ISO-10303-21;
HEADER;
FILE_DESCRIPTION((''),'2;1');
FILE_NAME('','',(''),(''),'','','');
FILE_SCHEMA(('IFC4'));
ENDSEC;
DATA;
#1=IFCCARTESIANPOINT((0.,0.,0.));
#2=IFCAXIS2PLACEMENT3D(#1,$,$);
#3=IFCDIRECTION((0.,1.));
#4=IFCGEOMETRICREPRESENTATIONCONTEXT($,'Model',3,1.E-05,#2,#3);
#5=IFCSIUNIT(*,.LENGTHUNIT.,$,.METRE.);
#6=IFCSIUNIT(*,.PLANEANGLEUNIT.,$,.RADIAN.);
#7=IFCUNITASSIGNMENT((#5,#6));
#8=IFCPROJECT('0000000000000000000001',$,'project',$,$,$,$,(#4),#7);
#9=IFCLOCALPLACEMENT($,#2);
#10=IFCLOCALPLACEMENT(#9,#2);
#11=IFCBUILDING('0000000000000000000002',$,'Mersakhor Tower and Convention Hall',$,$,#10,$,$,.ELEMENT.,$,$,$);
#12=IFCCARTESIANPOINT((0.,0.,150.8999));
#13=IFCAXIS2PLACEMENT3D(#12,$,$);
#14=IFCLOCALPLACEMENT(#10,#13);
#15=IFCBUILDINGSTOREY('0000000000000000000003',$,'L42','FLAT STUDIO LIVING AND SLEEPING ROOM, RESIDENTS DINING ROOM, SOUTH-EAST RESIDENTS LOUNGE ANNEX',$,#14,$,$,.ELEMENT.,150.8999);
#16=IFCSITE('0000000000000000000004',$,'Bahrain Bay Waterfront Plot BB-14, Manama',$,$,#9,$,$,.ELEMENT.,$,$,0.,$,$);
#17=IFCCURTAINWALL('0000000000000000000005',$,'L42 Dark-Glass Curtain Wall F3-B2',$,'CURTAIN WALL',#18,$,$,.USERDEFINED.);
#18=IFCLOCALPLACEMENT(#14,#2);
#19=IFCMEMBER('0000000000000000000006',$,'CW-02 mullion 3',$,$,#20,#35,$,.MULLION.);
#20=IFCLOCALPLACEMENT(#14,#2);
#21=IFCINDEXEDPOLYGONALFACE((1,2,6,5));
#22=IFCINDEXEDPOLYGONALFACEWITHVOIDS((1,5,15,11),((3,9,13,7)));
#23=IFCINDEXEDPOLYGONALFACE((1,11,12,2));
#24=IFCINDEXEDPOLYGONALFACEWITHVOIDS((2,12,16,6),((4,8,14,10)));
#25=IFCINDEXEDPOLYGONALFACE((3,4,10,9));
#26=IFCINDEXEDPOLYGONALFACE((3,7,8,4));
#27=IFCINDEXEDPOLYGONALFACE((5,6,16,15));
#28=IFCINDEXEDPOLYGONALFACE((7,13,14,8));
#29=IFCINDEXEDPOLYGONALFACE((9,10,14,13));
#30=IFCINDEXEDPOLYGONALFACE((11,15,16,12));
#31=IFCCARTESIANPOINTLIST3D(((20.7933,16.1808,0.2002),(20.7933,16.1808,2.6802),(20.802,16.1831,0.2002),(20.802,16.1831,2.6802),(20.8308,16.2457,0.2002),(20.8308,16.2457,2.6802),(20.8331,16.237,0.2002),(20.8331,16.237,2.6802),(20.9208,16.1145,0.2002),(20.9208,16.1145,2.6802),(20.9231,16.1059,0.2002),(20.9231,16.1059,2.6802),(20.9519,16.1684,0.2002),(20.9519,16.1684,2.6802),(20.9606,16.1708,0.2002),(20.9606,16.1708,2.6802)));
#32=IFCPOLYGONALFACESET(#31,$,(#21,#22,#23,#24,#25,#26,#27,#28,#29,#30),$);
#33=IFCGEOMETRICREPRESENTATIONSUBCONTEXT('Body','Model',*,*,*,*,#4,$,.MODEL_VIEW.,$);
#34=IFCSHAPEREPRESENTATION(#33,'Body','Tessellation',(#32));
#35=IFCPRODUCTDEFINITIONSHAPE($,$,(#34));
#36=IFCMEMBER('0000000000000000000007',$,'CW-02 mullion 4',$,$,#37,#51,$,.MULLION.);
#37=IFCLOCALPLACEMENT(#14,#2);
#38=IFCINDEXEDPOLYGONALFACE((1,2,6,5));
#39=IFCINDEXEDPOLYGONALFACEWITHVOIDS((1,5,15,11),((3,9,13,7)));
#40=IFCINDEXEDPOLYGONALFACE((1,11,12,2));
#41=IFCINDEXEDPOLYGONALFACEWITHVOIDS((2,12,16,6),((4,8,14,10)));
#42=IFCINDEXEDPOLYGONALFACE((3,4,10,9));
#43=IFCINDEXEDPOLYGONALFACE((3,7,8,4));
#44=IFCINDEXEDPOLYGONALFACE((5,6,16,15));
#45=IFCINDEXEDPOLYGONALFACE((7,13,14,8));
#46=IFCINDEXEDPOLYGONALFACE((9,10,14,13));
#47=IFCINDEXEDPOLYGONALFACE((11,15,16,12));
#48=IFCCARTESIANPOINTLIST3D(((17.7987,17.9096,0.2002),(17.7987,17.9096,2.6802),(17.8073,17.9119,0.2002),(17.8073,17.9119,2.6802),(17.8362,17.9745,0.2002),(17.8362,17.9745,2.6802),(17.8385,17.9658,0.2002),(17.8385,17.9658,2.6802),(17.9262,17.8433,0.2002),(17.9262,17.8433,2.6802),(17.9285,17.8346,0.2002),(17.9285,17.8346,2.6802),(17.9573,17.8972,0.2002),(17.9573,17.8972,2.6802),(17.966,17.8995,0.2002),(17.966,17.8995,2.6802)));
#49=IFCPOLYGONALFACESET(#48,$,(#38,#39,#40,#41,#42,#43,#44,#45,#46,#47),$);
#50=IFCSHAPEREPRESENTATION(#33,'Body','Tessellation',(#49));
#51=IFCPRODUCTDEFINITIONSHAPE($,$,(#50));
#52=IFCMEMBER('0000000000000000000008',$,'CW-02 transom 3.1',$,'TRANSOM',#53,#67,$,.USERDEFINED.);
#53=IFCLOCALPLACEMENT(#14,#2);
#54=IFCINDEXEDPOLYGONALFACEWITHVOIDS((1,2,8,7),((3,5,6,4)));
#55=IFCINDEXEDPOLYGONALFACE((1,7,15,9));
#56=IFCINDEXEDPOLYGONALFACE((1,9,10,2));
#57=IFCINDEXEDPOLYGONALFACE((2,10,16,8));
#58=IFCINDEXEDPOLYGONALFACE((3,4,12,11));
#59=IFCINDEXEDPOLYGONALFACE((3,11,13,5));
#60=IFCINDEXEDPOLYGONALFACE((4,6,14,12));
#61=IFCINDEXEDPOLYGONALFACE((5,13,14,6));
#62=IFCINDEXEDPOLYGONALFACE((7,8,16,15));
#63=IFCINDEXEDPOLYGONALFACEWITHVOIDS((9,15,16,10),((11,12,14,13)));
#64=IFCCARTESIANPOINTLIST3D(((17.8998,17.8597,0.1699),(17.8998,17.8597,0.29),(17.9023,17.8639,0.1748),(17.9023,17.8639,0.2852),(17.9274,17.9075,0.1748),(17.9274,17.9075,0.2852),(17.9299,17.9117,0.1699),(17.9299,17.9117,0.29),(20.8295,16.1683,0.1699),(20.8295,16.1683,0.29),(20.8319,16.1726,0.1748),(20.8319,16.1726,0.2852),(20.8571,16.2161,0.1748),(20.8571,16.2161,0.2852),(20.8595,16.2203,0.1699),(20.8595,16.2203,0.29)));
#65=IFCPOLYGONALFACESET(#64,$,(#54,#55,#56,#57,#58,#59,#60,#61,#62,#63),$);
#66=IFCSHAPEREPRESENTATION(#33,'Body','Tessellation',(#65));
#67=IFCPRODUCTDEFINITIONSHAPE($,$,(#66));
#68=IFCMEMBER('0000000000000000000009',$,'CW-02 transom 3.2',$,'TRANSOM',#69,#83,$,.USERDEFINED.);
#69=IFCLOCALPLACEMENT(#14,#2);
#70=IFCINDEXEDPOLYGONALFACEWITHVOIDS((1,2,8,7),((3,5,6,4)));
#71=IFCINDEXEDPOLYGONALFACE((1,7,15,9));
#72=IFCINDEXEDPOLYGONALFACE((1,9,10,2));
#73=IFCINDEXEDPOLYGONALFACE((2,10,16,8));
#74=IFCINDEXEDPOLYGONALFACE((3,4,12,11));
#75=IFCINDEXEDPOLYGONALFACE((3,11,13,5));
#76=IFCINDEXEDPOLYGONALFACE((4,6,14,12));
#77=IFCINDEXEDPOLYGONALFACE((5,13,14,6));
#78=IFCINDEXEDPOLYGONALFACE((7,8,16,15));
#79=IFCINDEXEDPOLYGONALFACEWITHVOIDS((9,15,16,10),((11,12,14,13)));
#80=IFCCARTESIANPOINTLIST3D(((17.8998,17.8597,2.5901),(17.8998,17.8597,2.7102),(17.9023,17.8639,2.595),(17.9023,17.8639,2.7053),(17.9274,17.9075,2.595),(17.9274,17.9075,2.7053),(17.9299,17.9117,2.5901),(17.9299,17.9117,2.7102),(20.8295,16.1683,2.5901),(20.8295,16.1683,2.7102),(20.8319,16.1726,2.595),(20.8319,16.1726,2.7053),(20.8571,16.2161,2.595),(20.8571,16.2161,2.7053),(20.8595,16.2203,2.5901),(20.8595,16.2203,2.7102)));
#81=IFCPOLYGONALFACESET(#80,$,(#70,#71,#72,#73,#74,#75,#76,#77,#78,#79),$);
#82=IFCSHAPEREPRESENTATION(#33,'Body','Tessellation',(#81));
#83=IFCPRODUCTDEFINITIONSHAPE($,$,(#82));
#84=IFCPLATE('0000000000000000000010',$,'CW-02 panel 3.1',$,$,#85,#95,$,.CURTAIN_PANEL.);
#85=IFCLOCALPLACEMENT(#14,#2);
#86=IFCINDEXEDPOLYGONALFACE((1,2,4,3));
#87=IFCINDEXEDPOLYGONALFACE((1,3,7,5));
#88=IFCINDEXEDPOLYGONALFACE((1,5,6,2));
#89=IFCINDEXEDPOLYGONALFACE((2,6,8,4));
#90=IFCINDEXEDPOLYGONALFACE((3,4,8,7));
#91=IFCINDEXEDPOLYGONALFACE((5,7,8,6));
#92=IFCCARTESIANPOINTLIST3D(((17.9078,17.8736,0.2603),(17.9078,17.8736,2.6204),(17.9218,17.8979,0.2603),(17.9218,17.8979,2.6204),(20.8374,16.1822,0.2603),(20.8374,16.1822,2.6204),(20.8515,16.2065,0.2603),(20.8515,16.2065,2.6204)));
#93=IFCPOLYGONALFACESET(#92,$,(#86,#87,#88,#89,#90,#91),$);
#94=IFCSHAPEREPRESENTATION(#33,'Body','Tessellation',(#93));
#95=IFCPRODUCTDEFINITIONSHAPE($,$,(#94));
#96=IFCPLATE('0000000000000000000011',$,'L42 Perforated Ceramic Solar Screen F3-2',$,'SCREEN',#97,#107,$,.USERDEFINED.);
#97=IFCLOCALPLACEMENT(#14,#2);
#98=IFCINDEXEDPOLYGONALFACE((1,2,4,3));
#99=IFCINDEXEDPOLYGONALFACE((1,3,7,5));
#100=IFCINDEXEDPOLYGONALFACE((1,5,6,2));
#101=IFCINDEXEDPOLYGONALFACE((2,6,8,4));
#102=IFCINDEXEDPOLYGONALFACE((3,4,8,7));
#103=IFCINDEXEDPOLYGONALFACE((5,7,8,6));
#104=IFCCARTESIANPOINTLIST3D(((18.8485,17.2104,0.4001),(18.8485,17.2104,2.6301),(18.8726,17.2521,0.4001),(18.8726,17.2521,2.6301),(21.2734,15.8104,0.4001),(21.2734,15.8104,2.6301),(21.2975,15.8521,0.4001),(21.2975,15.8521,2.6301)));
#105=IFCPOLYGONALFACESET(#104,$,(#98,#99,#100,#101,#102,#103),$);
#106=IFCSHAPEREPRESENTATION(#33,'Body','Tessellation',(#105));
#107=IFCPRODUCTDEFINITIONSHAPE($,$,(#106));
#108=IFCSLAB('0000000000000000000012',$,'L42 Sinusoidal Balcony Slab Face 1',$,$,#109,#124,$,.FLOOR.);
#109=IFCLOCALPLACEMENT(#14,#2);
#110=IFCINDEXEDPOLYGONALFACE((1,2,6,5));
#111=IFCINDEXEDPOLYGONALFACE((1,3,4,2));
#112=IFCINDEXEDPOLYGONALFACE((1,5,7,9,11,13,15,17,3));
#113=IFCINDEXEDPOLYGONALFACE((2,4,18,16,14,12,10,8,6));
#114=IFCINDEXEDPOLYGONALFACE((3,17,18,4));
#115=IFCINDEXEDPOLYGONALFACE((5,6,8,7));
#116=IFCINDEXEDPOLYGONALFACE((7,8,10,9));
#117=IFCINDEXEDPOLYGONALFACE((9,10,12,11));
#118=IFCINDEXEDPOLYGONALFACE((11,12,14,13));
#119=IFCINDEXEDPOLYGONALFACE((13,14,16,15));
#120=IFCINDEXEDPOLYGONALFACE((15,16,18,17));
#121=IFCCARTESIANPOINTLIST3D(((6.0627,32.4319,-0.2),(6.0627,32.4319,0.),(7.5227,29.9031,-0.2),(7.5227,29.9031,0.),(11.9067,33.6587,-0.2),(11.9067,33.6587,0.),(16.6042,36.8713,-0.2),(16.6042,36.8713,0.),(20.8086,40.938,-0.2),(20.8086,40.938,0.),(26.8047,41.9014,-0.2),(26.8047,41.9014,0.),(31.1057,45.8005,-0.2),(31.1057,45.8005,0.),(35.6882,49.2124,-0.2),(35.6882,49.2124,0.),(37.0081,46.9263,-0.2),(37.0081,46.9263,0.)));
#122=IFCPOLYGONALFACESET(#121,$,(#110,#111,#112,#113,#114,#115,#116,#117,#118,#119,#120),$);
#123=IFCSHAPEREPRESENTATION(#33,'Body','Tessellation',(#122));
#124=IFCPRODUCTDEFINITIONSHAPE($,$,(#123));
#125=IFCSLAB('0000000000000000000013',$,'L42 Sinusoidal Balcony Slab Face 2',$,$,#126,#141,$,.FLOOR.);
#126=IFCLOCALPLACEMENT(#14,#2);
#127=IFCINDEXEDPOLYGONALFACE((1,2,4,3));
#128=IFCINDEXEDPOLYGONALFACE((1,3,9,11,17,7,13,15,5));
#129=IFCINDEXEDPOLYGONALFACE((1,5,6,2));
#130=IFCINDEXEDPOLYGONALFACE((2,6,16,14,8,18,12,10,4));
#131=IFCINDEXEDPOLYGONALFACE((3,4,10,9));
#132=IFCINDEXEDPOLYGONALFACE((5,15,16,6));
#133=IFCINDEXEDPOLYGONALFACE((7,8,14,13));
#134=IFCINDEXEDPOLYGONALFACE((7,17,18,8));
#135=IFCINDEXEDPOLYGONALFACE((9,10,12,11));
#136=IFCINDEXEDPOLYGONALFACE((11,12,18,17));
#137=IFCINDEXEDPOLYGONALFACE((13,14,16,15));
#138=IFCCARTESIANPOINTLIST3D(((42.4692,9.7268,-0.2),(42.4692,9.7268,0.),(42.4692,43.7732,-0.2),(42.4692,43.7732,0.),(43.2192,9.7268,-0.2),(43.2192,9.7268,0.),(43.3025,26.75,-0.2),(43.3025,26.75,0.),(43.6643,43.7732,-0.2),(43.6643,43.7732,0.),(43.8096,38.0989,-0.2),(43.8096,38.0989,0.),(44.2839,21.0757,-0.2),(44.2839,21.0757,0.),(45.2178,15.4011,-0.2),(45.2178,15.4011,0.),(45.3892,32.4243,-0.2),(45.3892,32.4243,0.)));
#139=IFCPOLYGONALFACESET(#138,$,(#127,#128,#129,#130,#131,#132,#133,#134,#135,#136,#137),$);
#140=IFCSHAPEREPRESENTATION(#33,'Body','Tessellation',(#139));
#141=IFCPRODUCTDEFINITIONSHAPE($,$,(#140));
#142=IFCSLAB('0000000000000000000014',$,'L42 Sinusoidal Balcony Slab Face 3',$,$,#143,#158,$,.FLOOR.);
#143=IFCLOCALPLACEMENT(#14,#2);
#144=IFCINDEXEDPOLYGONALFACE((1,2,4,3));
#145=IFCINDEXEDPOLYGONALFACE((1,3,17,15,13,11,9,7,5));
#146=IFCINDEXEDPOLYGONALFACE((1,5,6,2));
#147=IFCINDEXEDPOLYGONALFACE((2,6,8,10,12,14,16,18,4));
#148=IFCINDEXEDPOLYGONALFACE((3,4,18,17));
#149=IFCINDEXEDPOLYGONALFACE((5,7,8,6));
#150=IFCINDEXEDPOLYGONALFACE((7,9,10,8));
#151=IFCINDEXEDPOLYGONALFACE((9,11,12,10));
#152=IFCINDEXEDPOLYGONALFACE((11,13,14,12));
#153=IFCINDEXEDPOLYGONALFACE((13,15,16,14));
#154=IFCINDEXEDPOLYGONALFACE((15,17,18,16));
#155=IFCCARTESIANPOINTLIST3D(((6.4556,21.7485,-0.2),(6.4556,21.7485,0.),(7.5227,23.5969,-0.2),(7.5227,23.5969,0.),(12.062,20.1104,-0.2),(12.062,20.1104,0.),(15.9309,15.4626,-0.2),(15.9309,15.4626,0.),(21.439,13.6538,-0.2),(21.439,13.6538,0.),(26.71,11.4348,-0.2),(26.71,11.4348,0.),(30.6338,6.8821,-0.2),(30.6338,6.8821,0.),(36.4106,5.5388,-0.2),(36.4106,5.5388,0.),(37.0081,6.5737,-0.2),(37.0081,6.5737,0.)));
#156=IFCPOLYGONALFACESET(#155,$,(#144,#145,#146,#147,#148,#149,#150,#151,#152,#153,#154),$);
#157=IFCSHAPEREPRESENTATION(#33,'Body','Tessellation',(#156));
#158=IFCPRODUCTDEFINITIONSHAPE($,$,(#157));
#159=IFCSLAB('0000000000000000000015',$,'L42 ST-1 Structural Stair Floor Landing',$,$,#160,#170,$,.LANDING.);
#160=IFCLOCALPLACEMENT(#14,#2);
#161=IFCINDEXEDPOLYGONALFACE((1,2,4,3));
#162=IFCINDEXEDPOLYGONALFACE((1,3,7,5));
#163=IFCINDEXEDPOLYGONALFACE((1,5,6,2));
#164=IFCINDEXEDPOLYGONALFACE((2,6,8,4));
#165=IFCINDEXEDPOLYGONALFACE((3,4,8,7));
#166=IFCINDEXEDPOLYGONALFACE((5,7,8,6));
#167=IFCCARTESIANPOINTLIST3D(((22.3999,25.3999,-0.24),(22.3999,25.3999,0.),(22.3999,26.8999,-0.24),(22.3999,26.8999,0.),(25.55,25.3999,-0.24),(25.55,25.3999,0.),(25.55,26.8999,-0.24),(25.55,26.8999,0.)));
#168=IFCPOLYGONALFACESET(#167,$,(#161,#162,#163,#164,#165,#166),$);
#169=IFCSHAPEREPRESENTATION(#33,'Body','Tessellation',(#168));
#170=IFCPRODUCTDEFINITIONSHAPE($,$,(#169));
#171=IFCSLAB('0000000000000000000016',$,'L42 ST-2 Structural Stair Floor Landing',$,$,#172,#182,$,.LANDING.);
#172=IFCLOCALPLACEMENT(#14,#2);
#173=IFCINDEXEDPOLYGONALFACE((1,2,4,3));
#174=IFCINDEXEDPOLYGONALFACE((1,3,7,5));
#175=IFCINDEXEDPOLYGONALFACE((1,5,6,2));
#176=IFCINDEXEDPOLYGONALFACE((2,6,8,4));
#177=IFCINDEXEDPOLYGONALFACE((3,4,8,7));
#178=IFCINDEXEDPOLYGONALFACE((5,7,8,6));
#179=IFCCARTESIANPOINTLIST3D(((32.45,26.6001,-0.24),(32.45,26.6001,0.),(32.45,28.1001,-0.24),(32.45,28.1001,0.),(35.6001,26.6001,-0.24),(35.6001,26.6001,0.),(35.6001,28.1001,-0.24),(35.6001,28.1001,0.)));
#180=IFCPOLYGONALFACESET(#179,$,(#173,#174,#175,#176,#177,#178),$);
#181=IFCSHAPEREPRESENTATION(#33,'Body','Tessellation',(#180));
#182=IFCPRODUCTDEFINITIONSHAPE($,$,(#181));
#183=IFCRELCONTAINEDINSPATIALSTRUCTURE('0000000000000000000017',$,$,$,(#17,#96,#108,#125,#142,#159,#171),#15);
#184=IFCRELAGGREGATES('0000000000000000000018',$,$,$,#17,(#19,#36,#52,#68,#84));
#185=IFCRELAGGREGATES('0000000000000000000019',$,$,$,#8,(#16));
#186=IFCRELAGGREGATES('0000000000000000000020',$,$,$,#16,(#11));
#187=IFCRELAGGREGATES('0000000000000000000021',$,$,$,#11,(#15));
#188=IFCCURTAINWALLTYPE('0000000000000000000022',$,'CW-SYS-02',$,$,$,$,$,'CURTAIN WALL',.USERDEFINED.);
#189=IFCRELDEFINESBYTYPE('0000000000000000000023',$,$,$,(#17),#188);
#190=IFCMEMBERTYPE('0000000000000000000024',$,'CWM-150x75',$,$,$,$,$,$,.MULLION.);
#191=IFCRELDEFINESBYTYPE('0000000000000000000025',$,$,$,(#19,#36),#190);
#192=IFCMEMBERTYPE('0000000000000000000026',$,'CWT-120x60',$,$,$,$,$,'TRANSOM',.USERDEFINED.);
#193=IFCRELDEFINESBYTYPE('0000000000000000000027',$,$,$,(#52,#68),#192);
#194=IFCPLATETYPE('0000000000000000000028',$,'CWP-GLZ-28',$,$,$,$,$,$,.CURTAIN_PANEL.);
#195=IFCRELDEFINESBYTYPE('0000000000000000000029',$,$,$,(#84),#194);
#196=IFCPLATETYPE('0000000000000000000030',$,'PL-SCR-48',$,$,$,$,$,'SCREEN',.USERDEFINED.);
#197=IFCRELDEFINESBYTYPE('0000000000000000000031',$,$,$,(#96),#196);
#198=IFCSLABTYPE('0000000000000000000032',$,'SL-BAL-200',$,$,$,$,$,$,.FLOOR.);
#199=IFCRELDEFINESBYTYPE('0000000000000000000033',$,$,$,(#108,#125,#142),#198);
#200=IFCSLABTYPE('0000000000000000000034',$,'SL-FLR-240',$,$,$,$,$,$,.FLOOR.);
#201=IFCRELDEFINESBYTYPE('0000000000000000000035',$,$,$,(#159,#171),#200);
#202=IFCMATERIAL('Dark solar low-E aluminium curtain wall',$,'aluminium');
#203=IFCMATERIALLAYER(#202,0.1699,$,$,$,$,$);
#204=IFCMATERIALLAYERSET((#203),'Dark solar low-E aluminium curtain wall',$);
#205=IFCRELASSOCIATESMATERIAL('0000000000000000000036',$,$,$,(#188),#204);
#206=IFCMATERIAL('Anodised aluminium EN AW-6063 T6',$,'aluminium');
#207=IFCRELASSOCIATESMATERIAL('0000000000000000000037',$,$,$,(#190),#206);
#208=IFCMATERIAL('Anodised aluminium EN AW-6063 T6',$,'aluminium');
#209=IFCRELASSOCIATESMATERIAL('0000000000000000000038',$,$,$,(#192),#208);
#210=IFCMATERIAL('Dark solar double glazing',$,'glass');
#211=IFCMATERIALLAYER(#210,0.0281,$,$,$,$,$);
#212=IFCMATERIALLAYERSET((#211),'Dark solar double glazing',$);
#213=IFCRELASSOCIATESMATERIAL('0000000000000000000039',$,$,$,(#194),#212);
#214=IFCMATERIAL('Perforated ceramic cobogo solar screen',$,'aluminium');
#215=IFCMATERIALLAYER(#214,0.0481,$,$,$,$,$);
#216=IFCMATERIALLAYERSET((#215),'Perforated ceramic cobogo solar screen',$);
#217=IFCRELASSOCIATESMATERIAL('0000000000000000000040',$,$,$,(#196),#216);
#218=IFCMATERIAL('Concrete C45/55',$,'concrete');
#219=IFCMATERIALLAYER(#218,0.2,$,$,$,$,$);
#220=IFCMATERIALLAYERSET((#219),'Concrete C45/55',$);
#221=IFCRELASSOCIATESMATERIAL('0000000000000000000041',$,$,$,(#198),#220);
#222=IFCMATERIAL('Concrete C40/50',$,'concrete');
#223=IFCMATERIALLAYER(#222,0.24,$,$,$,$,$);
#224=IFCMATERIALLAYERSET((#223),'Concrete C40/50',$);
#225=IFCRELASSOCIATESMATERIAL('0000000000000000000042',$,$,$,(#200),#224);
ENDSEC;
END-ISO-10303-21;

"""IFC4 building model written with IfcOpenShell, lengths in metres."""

from ifc_helpers import new_model, si_unit, direction, frame, origin, origin_2d, place, context, subcontext, project, spatial, polyline, rectangle, hollow_rectangle, outline, extrude, material, layer, layer_set, material_profile, profile_set, type_object, element, aggregate, save


model = new_model("IFC4")

# Units and contexts
model_context = context("Model", 3, precision=1e-05, world=origin(), true_north=direction((0.0, 1.0)))
body_context = subcontext(model_context, "Body", "Model", "MODEL_VIEW")
ifc_project = project(units=[si_unit("LENGTHUNIT", "METRE"), si_unit("PLANEANGLEUNIT", "RADIAN")], contexts=[model_context])

# Site, building, storey
site_placement = place(None, origin())
site = spatial("IfcSite", under=ifc_project, at=site_placement, Name="Bahrain Bay Waterfront Plot BB-14, Manama", CompositionType="ELEMENT", RefElevation=0.0)
building_placement = place(site_placement, origin())
building = spatial("IfcBuilding", under=site, at=building_placement, Name="Mersakhor Tower and Convention Hall", CompositionType="ELEMENT")
storey_placement = place(building_placement, frame((0.0, 0.0, 150.8999)))
storey = spatial("IfcBuildingStorey", under=building, at=storey_placement, Name="L42", Description="FLAT STUDIO LIVING AND SLEEPING ROOM, RESIDENTS DINING ROOM, SOUTH-EAST RESIDENTS LOUNGE ANNEX", CompositionType="ELEMENT", Elevation=150.8999)

# Curtain wall, members, plate
ifc_material_1 = material(Name="Dark solar low-E aluminium curtain wall", Category="aluminium")
ifc_layer_1 = layer(ifc_material_1, 0.1699)
ifc_layer_set_1 = layer_set([ifc_layer_1], Name="Dark solar low-E aluminium curtain wall")
curtain_wall_type = type_object("IfcCurtainWallType", Name="CW-SYS-02", ElementType="CURTAIN WALL", PredefinedType="USERDEFINED", material=ifc_layer_set_1)
curtain_wall_placement = place(storey_placement, origin())
curtain_wall = element("IfcCurtainWall", 1, at=curtain_wall_placement, inside=storey, type_object=curtain_wall_type, Name="L42 Dark-Glass Curtain Wall F3-B2", ObjectType="CURTAIN WALL", PredefinedType="USERDEFINED")
ifc_material_2 = material(Name="Anodised aluminium EN AW-6063 T6", Category="aluminium")
ifc_material_profile_1 = material_profile(ifc_material_2, hollow_rectangle(XDim=0.075, YDim=0.1499, WallThickness=0.0063, at=origin_2d()), Name="RHS 150x75x6.3")
ifc_profile_set_1 = profile_set([ifc_material_profile_1], Name="Anodised aluminium EN AW-6063 T6")
member_type_1 = type_object("IfcMemberType", Name="CWM-150x75", PredefinedType="MULLION", material=ifc_profile_set_1)
member_1_placement = place(storey_placement, frame((20.877, 16.1758, 0.2002), z_axis=(0.0, 0.0, 1.0), x_axis=(-0.49999, -0.866031, 0.0)))
member_1 = element("IfcMember", 2, at=member_1_placement, type_object=member_type_1, Name="CW-02 mullion 3", PredefinedType="MULLION", context=body_context, shape_type="SweptSolid", body=[
    extrude(hollow_rectangle(XDim=0.075, YDim=0.1499, WallThickness=0.0063, at=origin_2d()), origin(), (0.0, 0.0, 1.0), 2.48),
])
member_2_placement = place(storey_placement, frame((17.8823, 17.9045, 0.2002), z_axis=(0.0, 0.0, 1.0), x_axis=(-0.49999, -0.866031, 0.0)))
member_2 = element("IfcMember", 3, at=member_2_placement, type_object=member_type_1, Name="CW-02 mullion 4", PredefinedType="MULLION", context=body_context, shape_type="SweptSolid", body=[
    extrude(hollow_rectangle(XDim=0.075, YDim=0.1499, WallThickness=0.0063, at=origin_2d()), origin(), (0.0, 0.0, 1.0), 2.48),
])
ifc_material_3 = material(Name="Anodised aluminium EN AW-6063 T6", Category="aluminium")
ifc_material_profile_2 = material_profile(ifc_material_3, hollow_rectangle(XDim=0.0601, YDim=0.1201, WallThickness=0.0049, at=origin_2d()), Name="RHS 120x60x5")
ifc_profile_set_2 = profile_set([ifc_material_profile_2], Name="Anodised aluminium EN AW-6063 T6")
member_type_2 = type_object("IfcMemberType", Name="CWT-120x60", ElementType="TRANSOM", PredefinedType="USERDEFINED", material=ifc_profile_set_2)
member_3_placement = place(storey_placement, frame((20.8445, 16.1943, 0.23), z_axis=(-0.866032, 0.499989, 0.0), x_axis=(-0.499989, -0.866032, 0.0)))
member_3 = element("IfcMember", 4, at=member_3_placement, type_object=member_type_2, Name="CW-02 transom 3.1", ObjectType="TRANSOM", PredefinedType="USERDEFINED", context=body_context, shape_type="SweptSolid", body=[
    extrude(hollow_rectangle(XDim=0.0601, YDim=0.1201, WallThickness=0.0049, at=origin_2d()), origin(), (0.0, 0.0, 1.0), 3.3828),
])
member_4_placement = place(storey_placement, frame((20.8445, 16.1943, 2.6501), z_axis=(-0.866032, 0.499989, 0.0), x_axis=(-0.499989, -0.866032, 0.0)))
member_4 = element("IfcMember", 5, at=member_4_placement, type_object=member_type_2, Name="CW-02 transom 3.2", ObjectType="TRANSOM", PredefinedType="USERDEFINED", context=body_context, shape_type="SweptSolid", body=[
    extrude(hollow_rectangle(XDim=0.0601, YDim=0.1201, WallThickness=0.0049, at=origin_2d()), origin(), (0.0, 0.0, 1.0), 3.3828),
])
ifc_material_4 = material(Name="Dark solar double glazing", Category="glass")
ifc_layer_2 = layer(ifc_material_4, 0.0281)
ifc_layer_set_2 = layer_set([ifc_layer_2], Name="Dark solar double glazing")
plate_type_1 = type_object("IfcPlateType", Name="CWP-GLZ-28", PredefinedType="CURTAIN_PANEL", material=ifc_layer_set_2)
plate_1_placement = place(storey_placement, frame((19.3796, 17.04, 0.2603), z_axis=(0.0, 0.0, 1.0), x_axis=(-0.866031, 0.49999, 0.0)))
plate_1 = element("IfcPlate", 6, at=plate_1_placement, type_object=plate_type_1, Name="CW-02 panel 3.1", PredefinedType="CURTAIN_PANEL", context=body_context, shape_type="SweptSolid", body=[
    extrude(rectangle(XDim=3.3828, YDim=0.0281, at=origin_2d()), origin(), (0.0, 0.0, 1.0), 2.3601),
])
aggregate(curtain_wall, [member_1, member_2, member_3, member_4, plate_1])

# Plate
ifc_material_5 = material(Name="Perforated ceramic cobogo solar screen", Category="aluminium")
ifc_layer_3 = layer(ifc_material_5, 0.0481)
ifc_layer_set_3 = layer_set([ifc_layer_3], Name="Perforated ceramic cobogo solar screen")
plate_type_2 = type_object("IfcPlateType", Name="PL-SCR-48", ElementType="SCREEN", PredefinedType="USERDEFINED", material=ifc_layer_set_3)
plate_2_placement = place(storey_placement, frame((20.073, 16.5312, 0.4001), z_axis=(0.0, 0.0, 1.0), x_axis=(-0.866025, 0.5, 0.0)))
element("IfcPlate", 7, at=plate_2_placement, inside=storey, type_object=plate_type_2, Name="L42 Perforated Ceramic Solar Screen F3-2", ObjectType="SCREEN", PredefinedType="USERDEFINED", context=body_context, shape_type="SweptSolid", body=[
    extrude(rectangle(XDim=2.8, YDim=0.0481, at=origin_2d()), origin(), (0.0, 0.0, 1.0), 2.23),
])

# Slabs
ifc_material_6 = material(Name="Concrete C45/55", Category="concrete")
ifc_layer_4 = layer(ifc_material_6, 0.2)
ifc_layer_set_4 = layer_set([ifc_layer_4], Name="Concrete C45/55")
slab_type_1 = type_object("IfcSlabType", Name="SL-BAL-200", PredefinedType="FLOOR", material=ifc_layer_set_4)
slab_1_placement = place(storey_placement, frame((0.0, 0.0, -0.2)))
element("IfcSlab", 8, at=slab_1_placement, inside=storey, type_object=slab_type_1, Name="L42 Sinusoidal Balcony Slab Face 1", PredefinedType="FLOOR", context=body_context, shape_type="SweptSolid", body=[
    extrude(outline(polyline([(7.5227, 29.9031), (37.0081, 46.9263), (35.6882, 49.2124), (31.1057, 45.8005), (26.8047, 41.9014), (20.8086, 40.938), (16.6042, 36.8713), (11.9067, 33.6587), (6.0627, 32.4319), (7.5227, 29.9031)])), origin(), (0.0, 0.0, 1.0), 0.2),
])
slab_2_placement = place(storey_placement, frame((0.0, 0.0, -0.2)))
element("IfcSlab", 9, at=slab_2_placement, inside=storey, type_object=slab_type_1, Name="L42 Sinusoidal Balcony Slab Face 2", PredefinedType="FLOOR", context=body_context, shape_type="SweptSolid", body=[
    extrude(outline(polyline([(42.4692, 43.7732), (42.4692, 9.7268), (43.2192, 9.7268), (45.2178, 15.4011), (44.2839, 21.0757), (43.3025, 26.75), (45.3892, 32.4243), (43.8096, 38.0989), (43.6643, 43.7732), (42.4692, 43.7732)])), origin(), (0.0, 0.0, 1.0), 0.2),
])
slab_3_placement = place(storey_placement, frame((0.0, 0.0, -0.2)))
element("IfcSlab", 10, at=slab_3_placement, inside=storey, type_object=slab_type_1, Name="L42 Sinusoidal Balcony Slab Face 3", PredefinedType="FLOOR", context=body_context, shape_type="SweptSolid", body=[
    extrude(outline(polyline([(37.0081, 6.5737), (7.5227, 23.5969), (6.4556, 21.7485), (12.062, 20.1104), (15.9309, 15.4626), (21.439, 13.6538), (26.71, 11.4348), (30.6338, 6.8821), (36.4106, 5.5388), (37.0081, 6.5737)])), origin(), (0.0, 0.0, 1.0), 0.2),
])
ifc_material_7 = material(Name="Concrete C40/50", Category="concrete")
ifc_layer_5 = layer(ifc_material_7, 0.24)
ifc_layer_set_5 = layer_set([ifc_layer_5], Name="Concrete C40/50")
slab_type_2 = type_object("IfcSlabType", Name="SL-FLR-240", PredefinedType="FLOOR", material=ifc_layer_set_5)
slab_4_placement = place(storey_placement, frame((0.0, 0.0, -0.24)))
element("IfcSlab", 11, at=slab_4_placement, inside=storey, type_object=slab_type_2, Name="L42 ST-1 Structural Stair Floor Landing", PredefinedType="LANDING", context=body_context, shape_type="SweptSolid", body=[
    extrude(outline(polyline([(25.55, 25.3999), (25.55, 26.8999), (22.3999, 26.8999), (22.3999, 25.3999), (25.55, 25.3999)])), origin(), (0.0, 0.0, 1.0), 0.24),
])
slab_5_placement = place(storey_placement, frame((0.0, 0.0, -0.24)))
element("IfcSlab", 12, at=slab_5_placement, inside=storey, type_object=slab_type_2, Name="L42 ST-2 Structural Stair Floor Landing", PredefinedType="LANDING", context=body_context, shape_type="SweptSolid", body=[
    extrude(outline(polyline([(32.45, 28.1001), (32.45, 26.6001), (35.6001, 26.6001), (35.6001, 28.1001), (32.45, 28.1001)])), origin(), (0.0, 0.0, 1.0), 0.24),
])

save(model, "model.ifc")
